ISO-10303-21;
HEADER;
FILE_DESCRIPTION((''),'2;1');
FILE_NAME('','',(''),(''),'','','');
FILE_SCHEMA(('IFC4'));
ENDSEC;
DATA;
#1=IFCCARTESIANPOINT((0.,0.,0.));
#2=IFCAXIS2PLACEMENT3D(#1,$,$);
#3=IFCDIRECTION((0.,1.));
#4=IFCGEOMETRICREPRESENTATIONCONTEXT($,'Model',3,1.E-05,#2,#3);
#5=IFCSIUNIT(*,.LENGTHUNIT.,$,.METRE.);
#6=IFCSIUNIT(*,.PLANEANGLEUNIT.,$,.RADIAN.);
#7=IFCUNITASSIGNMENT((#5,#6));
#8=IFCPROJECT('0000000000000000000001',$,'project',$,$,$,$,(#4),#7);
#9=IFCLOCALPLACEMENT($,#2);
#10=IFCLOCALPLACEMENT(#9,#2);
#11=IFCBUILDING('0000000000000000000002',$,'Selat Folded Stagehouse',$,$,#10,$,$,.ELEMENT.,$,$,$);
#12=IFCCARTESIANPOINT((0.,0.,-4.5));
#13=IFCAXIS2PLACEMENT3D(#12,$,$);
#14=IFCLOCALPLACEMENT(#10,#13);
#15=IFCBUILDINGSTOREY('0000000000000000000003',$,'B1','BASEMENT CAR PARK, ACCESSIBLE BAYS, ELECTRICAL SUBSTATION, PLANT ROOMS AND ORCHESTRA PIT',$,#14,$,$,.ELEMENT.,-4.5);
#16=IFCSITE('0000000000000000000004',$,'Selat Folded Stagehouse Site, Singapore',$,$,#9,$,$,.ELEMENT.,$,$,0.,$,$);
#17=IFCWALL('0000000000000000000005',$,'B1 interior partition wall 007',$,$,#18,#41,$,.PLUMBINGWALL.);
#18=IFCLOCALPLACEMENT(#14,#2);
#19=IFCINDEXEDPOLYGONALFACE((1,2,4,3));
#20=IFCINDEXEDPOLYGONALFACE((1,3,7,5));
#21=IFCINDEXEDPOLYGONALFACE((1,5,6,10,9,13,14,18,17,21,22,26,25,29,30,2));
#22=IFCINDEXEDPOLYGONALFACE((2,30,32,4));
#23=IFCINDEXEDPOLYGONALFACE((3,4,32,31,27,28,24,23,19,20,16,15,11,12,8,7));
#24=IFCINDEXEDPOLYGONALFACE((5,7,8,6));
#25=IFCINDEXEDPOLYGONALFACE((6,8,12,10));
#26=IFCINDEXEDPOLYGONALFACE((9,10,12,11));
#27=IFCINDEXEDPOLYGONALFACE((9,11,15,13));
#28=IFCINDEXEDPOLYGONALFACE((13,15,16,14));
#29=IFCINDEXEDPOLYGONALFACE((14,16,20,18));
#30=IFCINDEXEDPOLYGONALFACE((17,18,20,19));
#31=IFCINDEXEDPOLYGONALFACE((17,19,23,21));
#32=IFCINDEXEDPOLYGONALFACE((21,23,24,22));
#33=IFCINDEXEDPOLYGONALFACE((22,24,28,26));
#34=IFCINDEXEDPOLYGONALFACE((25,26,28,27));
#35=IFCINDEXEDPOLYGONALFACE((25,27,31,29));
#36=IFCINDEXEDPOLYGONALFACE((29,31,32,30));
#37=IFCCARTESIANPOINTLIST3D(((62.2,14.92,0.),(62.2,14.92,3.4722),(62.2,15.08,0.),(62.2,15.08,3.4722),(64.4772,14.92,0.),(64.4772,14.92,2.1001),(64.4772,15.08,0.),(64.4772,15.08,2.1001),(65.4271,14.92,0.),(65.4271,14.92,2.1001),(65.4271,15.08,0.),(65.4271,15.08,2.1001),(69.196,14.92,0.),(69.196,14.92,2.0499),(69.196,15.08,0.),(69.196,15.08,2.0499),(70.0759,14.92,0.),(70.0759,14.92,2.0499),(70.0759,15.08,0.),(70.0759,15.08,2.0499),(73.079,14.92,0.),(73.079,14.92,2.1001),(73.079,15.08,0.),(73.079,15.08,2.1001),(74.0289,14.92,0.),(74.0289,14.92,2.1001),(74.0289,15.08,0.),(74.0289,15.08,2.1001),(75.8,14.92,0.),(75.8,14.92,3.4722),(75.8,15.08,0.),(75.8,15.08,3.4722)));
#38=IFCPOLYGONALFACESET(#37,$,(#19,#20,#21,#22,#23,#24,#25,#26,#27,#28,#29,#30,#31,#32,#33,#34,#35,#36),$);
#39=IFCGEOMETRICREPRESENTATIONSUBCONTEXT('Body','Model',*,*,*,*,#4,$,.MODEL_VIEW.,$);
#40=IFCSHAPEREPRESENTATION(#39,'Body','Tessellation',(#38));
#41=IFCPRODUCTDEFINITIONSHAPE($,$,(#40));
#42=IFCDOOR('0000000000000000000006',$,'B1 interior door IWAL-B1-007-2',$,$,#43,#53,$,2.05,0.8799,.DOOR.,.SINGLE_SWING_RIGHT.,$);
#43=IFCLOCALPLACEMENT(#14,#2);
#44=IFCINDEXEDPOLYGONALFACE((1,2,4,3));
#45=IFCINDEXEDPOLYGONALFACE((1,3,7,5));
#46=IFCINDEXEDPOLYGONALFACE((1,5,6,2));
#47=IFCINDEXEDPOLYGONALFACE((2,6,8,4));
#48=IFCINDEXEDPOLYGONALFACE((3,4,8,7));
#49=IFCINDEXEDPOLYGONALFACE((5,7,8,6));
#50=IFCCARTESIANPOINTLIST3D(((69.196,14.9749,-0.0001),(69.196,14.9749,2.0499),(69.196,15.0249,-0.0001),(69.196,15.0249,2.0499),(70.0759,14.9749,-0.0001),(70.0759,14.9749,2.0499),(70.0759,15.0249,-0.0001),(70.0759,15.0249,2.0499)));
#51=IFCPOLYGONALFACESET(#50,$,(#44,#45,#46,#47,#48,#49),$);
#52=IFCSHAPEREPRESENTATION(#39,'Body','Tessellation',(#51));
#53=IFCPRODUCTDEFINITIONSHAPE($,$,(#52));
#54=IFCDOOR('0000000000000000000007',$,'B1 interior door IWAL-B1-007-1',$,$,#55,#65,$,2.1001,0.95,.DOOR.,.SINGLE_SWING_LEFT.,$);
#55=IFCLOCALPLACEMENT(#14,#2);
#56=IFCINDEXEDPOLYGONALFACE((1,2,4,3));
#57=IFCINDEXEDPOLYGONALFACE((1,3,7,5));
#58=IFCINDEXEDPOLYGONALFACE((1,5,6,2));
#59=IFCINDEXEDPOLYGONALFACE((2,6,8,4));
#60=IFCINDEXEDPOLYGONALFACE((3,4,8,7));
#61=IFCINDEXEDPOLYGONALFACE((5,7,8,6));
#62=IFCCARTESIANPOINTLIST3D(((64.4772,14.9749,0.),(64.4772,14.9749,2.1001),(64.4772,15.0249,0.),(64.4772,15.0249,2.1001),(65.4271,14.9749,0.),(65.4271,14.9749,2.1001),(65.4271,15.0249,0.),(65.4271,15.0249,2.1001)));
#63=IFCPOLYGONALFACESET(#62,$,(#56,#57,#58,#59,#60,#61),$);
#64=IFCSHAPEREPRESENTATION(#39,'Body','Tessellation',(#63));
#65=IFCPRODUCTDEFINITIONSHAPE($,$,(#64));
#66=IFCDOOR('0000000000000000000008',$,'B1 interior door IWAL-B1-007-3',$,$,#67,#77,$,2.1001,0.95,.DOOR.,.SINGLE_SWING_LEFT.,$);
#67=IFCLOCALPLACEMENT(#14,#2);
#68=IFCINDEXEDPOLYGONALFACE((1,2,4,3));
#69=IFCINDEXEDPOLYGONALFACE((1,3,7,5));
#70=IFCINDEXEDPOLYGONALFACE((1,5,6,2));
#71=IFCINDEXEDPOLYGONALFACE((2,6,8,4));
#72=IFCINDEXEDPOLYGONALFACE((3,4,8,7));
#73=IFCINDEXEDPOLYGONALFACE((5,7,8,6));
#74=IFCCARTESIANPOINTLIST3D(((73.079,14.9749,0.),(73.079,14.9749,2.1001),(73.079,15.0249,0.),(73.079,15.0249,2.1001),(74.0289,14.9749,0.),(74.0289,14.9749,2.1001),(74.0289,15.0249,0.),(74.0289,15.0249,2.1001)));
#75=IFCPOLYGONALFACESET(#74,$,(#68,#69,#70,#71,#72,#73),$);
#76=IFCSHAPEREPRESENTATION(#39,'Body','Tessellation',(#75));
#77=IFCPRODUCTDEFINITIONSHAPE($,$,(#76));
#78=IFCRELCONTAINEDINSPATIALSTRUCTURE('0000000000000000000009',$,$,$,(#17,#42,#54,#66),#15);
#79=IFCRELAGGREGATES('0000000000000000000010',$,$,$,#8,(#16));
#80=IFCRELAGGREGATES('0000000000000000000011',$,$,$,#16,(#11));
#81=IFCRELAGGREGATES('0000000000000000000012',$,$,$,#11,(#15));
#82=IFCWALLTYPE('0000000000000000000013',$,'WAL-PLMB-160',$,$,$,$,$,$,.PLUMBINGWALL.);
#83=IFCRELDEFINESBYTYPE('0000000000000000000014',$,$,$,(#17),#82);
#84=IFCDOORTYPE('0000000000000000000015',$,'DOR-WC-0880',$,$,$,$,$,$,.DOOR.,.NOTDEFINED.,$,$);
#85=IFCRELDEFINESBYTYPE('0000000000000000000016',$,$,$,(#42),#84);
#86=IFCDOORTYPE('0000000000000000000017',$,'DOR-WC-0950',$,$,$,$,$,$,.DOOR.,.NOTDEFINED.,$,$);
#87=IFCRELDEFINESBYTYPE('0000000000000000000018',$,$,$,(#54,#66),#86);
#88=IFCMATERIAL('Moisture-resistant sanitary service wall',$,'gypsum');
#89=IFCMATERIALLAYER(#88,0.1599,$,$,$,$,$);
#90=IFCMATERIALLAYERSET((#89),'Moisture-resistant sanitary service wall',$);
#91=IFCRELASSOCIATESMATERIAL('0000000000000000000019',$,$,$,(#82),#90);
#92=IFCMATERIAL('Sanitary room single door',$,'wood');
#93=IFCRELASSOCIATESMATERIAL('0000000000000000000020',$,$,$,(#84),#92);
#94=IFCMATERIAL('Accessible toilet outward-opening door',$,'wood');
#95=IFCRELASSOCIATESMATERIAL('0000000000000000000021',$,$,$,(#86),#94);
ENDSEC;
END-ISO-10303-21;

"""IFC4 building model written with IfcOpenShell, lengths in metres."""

from ifc_helpers import new_model, si_unit, direction, frame, frame_2d, origin, place, context, subcontext, project, spatial, rectangle, extrude, material, layer, layer_set, type_object, element, fill, save


model = new_model("IFC4")

# Units and contexts
model_context = context("Model", 3, precision=1e-05, world=origin(), true_north=direction((0.0, 1.0)))
body_context = subcontext(model_context, "Body", "Model", "MODEL_VIEW")
ifc_project = project(units=[si_unit("LENGTHUNIT", "METRE"), si_unit("PLANEANGLEUNIT", "RADIAN")], contexts=[model_context])

# Site, building, storey
site_placement = place(None, origin())
site = spatial("IfcSite", under=ifc_project, at=site_placement, Name="Selat Folded Stagehouse Site, Singapore", CompositionType="ELEMENT", RefElevation=0.0)
building_placement = place(site_placement, origin())
building = spatial("IfcBuilding", under=site, at=building_placement, Name="Selat Folded Stagehouse", CompositionType="ELEMENT")
storey_placement = place(building_placement, frame((0.0, 0.0, -4.5)))
storey = spatial("IfcBuildingStorey", under=building, at=storey_placement, Name="B1", Description="BASEMENT CAR PARK, ACCESSIBLE BAYS, ELECTRICAL SUBSTATION, PLANT ROOMS AND ORCHESTRA PIT", CompositionType="ELEMENT", Elevation=-4.5)

# Shared definitions
ifc_material_1 = material(Name="Moisture-resistant sanitary service wall", Category="gypsum")
ifc_layer_1 = layer(ifc_material_1, 0.1599)
ifc_layer_set_1 = layer_set([ifc_layer_1], Name="Moisture-resistant sanitary service wall")
wall_type_1 = type_object("IfcWallType", Name="WAL-PLMB-160", PredefinedType="PLUMBINGWALL", material=ifc_layer_set_1)

# Wall, openings, doors
wall_1_placement = place(storey_placement, frame((62.2, 15.0, 0.0), z_axis=(0.0, 0.0, 1.0), x_axis=(1.0, 0.0, 0.0)))
wall_1 = element("IfcWall", 1, at=wall_1_placement, inside=storey, type_object=wall_type_1, Name="B1 interior partition wall 007", PredefinedType="PLUMBINGWALL", context=body_context, shape_type="SweptSolid", body=[
    extrude(rectangle(XDim=13.6001, YDim=0.1599, at=frame_2d((6.8, 0.0))), origin(), (0.0, 0.0, 1.0), 3.4722),
])
opening_1_placement = place(wall_1_placement, frame((2.2771, 0.0, 0.0)))
opening_1 = element("IfcOpeningElement", 2, at=opening_1_placement, cuts=wall_1, PredefinedType="OPENING", context=body_context, shape_type="SweptSolid", body=[
    extrude(rectangle(XDim=0.95, YDim=2.1001, at=frame_2d((0.4751, 1.05))), frame((0.0, 0.0898, 0.0), z_axis=(0.0, -1.0, 0.0), x_axis=(1.0, 0.0, 0.0)), (0.0, 0.0, 1.0), 0.1799),
])
opening_2_placement = place(wall_1_placement, frame((6.9961, 0.0, 0.0)))
opening_2 = element("IfcOpeningElement", 3, at=opening_2_placement, cuts=wall_1, PredefinedType="OPENING", context=body_context, shape_type="SweptSolid", body=[
    extrude(rectangle(XDim=0.8799, YDim=2.05, at=frame_2d((0.4399, 1.0249))), frame((0.0, 0.0898, 0.0), z_axis=(0.0, -1.0, 0.0), x_axis=(1.0, 0.0, 0.0)), (0.0, 0.0, 1.0), 0.1799),
])
opening_3_placement = place(wall_1_placement, frame((10.8789, 0.0, 0.0)))
opening_3 = element("IfcOpeningElement", 4, at=opening_3_placement, cuts=wall_1, PredefinedType="OPENING", context=body_context, shape_type="SweptSolid", body=[
    extrude(rectangle(XDim=0.95, YDim=2.1001, at=frame_2d((0.4751, 1.05))), frame((0.0, 0.0898, 0.0), z_axis=(0.0, -1.0, 0.0), x_axis=(1.0, 0.0, 0.0)), (0.0, 0.0, 1.0), 0.1799),
])
ifc_material_2 = material(Name="Sanitary room single door", Category="wood")
door_type_1 = type_object("IfcDoorType", Name="DOR-WC-0880", OperationType="NOTDEFINED", PredefinedType="DOOR", material=ifc_material_2)
door_1_placement = place(opening_2_placement, origin())
door_1 = element("IfcDoor", 5, at=door_1_placement, inside=storey, type_object=door_type_1, Name="B1 interior door IWAL-B1-007-2", OperationType="SINGLE_SWING_RIGHT", OverallHeight=2.05, OverallWidth=0.8799, PredefinedType="DOOR", context=body_context, shape_type="SweptSolid", body=[
    extrude(rectangle(XDim=0.8799, YDim=2.05, at=frame_2d((0.4399, 1.0249))), frame((0.0, 0.0249, 0.0), z_axis=(0.0, -1.0, 0.0), x_axis=(1.0, 0.0, 0.0)), (0.0, 0.0, 1.0), 0.05),
])
fill(opening_2, door_1)
ifc_material_3 = material(Name="Accessible toilet outward-opening door", Category="wood")
door_type_2 = type_object("IfcDoorType", Name="DOR-WC-0950", OperationType="NOTDEFINED", PredefinedType="DOOR", material=ifc_material_3)
door_2_placement = place(opening_1_placement, origin())
door_2 = element("IfcDoor", 6, at=door_2_placement, inside=storey, type_object=door_type_2, Name="B1 interior door IWAL-B1-007-1", OperationType="SINGLE_SWING_LEFT", OverallHeight=2.1001, OverallWidth=0.95, PredefinedType="DOOR", context=body_context, shape_type="SweptSolid", body=[
    extrude(rectangle(XDim=0.95, YDim=2.1001, at=frame_2d((0.4751, 1.05))), frame((0.0, 0.0249, 0.0), z_axis=(0.0, -1.0, 0.0), x_axis=(1.0, 0.0, 0.0)), (0.0, 0.0, 1.0), 0.05),
])
fill(opening_1, door_2)
door_3_placement = place(opening_3_placement, origin())
door_3 = element("IfcDoor", 7, at=door_3_placement, inside=storey, type_object=door_type_2, Name="B1 interior door IWAL-B1-007-3", OperationType="SINGLE_SWING_LEFT", OverallHeight=2.1001, OverallWidth=0.95, PredefinedType="DOOR", context=body_context, shape_type="SweptSolid", body=[
    extrude(rectangle(XDim=0.95, YDim=2.1001, at=frame_2d((0.4751, 1.05))), frame((0.0, 0.0249, 0.0), z_axis=(0.0, -1.0, 0.0), x_axis=(1.0, 0.0, 0.0)), (0.0, 0.0, 1.0), 0.05),
])
fill(opening_3, door_3)

save(model, "model.ifc")
